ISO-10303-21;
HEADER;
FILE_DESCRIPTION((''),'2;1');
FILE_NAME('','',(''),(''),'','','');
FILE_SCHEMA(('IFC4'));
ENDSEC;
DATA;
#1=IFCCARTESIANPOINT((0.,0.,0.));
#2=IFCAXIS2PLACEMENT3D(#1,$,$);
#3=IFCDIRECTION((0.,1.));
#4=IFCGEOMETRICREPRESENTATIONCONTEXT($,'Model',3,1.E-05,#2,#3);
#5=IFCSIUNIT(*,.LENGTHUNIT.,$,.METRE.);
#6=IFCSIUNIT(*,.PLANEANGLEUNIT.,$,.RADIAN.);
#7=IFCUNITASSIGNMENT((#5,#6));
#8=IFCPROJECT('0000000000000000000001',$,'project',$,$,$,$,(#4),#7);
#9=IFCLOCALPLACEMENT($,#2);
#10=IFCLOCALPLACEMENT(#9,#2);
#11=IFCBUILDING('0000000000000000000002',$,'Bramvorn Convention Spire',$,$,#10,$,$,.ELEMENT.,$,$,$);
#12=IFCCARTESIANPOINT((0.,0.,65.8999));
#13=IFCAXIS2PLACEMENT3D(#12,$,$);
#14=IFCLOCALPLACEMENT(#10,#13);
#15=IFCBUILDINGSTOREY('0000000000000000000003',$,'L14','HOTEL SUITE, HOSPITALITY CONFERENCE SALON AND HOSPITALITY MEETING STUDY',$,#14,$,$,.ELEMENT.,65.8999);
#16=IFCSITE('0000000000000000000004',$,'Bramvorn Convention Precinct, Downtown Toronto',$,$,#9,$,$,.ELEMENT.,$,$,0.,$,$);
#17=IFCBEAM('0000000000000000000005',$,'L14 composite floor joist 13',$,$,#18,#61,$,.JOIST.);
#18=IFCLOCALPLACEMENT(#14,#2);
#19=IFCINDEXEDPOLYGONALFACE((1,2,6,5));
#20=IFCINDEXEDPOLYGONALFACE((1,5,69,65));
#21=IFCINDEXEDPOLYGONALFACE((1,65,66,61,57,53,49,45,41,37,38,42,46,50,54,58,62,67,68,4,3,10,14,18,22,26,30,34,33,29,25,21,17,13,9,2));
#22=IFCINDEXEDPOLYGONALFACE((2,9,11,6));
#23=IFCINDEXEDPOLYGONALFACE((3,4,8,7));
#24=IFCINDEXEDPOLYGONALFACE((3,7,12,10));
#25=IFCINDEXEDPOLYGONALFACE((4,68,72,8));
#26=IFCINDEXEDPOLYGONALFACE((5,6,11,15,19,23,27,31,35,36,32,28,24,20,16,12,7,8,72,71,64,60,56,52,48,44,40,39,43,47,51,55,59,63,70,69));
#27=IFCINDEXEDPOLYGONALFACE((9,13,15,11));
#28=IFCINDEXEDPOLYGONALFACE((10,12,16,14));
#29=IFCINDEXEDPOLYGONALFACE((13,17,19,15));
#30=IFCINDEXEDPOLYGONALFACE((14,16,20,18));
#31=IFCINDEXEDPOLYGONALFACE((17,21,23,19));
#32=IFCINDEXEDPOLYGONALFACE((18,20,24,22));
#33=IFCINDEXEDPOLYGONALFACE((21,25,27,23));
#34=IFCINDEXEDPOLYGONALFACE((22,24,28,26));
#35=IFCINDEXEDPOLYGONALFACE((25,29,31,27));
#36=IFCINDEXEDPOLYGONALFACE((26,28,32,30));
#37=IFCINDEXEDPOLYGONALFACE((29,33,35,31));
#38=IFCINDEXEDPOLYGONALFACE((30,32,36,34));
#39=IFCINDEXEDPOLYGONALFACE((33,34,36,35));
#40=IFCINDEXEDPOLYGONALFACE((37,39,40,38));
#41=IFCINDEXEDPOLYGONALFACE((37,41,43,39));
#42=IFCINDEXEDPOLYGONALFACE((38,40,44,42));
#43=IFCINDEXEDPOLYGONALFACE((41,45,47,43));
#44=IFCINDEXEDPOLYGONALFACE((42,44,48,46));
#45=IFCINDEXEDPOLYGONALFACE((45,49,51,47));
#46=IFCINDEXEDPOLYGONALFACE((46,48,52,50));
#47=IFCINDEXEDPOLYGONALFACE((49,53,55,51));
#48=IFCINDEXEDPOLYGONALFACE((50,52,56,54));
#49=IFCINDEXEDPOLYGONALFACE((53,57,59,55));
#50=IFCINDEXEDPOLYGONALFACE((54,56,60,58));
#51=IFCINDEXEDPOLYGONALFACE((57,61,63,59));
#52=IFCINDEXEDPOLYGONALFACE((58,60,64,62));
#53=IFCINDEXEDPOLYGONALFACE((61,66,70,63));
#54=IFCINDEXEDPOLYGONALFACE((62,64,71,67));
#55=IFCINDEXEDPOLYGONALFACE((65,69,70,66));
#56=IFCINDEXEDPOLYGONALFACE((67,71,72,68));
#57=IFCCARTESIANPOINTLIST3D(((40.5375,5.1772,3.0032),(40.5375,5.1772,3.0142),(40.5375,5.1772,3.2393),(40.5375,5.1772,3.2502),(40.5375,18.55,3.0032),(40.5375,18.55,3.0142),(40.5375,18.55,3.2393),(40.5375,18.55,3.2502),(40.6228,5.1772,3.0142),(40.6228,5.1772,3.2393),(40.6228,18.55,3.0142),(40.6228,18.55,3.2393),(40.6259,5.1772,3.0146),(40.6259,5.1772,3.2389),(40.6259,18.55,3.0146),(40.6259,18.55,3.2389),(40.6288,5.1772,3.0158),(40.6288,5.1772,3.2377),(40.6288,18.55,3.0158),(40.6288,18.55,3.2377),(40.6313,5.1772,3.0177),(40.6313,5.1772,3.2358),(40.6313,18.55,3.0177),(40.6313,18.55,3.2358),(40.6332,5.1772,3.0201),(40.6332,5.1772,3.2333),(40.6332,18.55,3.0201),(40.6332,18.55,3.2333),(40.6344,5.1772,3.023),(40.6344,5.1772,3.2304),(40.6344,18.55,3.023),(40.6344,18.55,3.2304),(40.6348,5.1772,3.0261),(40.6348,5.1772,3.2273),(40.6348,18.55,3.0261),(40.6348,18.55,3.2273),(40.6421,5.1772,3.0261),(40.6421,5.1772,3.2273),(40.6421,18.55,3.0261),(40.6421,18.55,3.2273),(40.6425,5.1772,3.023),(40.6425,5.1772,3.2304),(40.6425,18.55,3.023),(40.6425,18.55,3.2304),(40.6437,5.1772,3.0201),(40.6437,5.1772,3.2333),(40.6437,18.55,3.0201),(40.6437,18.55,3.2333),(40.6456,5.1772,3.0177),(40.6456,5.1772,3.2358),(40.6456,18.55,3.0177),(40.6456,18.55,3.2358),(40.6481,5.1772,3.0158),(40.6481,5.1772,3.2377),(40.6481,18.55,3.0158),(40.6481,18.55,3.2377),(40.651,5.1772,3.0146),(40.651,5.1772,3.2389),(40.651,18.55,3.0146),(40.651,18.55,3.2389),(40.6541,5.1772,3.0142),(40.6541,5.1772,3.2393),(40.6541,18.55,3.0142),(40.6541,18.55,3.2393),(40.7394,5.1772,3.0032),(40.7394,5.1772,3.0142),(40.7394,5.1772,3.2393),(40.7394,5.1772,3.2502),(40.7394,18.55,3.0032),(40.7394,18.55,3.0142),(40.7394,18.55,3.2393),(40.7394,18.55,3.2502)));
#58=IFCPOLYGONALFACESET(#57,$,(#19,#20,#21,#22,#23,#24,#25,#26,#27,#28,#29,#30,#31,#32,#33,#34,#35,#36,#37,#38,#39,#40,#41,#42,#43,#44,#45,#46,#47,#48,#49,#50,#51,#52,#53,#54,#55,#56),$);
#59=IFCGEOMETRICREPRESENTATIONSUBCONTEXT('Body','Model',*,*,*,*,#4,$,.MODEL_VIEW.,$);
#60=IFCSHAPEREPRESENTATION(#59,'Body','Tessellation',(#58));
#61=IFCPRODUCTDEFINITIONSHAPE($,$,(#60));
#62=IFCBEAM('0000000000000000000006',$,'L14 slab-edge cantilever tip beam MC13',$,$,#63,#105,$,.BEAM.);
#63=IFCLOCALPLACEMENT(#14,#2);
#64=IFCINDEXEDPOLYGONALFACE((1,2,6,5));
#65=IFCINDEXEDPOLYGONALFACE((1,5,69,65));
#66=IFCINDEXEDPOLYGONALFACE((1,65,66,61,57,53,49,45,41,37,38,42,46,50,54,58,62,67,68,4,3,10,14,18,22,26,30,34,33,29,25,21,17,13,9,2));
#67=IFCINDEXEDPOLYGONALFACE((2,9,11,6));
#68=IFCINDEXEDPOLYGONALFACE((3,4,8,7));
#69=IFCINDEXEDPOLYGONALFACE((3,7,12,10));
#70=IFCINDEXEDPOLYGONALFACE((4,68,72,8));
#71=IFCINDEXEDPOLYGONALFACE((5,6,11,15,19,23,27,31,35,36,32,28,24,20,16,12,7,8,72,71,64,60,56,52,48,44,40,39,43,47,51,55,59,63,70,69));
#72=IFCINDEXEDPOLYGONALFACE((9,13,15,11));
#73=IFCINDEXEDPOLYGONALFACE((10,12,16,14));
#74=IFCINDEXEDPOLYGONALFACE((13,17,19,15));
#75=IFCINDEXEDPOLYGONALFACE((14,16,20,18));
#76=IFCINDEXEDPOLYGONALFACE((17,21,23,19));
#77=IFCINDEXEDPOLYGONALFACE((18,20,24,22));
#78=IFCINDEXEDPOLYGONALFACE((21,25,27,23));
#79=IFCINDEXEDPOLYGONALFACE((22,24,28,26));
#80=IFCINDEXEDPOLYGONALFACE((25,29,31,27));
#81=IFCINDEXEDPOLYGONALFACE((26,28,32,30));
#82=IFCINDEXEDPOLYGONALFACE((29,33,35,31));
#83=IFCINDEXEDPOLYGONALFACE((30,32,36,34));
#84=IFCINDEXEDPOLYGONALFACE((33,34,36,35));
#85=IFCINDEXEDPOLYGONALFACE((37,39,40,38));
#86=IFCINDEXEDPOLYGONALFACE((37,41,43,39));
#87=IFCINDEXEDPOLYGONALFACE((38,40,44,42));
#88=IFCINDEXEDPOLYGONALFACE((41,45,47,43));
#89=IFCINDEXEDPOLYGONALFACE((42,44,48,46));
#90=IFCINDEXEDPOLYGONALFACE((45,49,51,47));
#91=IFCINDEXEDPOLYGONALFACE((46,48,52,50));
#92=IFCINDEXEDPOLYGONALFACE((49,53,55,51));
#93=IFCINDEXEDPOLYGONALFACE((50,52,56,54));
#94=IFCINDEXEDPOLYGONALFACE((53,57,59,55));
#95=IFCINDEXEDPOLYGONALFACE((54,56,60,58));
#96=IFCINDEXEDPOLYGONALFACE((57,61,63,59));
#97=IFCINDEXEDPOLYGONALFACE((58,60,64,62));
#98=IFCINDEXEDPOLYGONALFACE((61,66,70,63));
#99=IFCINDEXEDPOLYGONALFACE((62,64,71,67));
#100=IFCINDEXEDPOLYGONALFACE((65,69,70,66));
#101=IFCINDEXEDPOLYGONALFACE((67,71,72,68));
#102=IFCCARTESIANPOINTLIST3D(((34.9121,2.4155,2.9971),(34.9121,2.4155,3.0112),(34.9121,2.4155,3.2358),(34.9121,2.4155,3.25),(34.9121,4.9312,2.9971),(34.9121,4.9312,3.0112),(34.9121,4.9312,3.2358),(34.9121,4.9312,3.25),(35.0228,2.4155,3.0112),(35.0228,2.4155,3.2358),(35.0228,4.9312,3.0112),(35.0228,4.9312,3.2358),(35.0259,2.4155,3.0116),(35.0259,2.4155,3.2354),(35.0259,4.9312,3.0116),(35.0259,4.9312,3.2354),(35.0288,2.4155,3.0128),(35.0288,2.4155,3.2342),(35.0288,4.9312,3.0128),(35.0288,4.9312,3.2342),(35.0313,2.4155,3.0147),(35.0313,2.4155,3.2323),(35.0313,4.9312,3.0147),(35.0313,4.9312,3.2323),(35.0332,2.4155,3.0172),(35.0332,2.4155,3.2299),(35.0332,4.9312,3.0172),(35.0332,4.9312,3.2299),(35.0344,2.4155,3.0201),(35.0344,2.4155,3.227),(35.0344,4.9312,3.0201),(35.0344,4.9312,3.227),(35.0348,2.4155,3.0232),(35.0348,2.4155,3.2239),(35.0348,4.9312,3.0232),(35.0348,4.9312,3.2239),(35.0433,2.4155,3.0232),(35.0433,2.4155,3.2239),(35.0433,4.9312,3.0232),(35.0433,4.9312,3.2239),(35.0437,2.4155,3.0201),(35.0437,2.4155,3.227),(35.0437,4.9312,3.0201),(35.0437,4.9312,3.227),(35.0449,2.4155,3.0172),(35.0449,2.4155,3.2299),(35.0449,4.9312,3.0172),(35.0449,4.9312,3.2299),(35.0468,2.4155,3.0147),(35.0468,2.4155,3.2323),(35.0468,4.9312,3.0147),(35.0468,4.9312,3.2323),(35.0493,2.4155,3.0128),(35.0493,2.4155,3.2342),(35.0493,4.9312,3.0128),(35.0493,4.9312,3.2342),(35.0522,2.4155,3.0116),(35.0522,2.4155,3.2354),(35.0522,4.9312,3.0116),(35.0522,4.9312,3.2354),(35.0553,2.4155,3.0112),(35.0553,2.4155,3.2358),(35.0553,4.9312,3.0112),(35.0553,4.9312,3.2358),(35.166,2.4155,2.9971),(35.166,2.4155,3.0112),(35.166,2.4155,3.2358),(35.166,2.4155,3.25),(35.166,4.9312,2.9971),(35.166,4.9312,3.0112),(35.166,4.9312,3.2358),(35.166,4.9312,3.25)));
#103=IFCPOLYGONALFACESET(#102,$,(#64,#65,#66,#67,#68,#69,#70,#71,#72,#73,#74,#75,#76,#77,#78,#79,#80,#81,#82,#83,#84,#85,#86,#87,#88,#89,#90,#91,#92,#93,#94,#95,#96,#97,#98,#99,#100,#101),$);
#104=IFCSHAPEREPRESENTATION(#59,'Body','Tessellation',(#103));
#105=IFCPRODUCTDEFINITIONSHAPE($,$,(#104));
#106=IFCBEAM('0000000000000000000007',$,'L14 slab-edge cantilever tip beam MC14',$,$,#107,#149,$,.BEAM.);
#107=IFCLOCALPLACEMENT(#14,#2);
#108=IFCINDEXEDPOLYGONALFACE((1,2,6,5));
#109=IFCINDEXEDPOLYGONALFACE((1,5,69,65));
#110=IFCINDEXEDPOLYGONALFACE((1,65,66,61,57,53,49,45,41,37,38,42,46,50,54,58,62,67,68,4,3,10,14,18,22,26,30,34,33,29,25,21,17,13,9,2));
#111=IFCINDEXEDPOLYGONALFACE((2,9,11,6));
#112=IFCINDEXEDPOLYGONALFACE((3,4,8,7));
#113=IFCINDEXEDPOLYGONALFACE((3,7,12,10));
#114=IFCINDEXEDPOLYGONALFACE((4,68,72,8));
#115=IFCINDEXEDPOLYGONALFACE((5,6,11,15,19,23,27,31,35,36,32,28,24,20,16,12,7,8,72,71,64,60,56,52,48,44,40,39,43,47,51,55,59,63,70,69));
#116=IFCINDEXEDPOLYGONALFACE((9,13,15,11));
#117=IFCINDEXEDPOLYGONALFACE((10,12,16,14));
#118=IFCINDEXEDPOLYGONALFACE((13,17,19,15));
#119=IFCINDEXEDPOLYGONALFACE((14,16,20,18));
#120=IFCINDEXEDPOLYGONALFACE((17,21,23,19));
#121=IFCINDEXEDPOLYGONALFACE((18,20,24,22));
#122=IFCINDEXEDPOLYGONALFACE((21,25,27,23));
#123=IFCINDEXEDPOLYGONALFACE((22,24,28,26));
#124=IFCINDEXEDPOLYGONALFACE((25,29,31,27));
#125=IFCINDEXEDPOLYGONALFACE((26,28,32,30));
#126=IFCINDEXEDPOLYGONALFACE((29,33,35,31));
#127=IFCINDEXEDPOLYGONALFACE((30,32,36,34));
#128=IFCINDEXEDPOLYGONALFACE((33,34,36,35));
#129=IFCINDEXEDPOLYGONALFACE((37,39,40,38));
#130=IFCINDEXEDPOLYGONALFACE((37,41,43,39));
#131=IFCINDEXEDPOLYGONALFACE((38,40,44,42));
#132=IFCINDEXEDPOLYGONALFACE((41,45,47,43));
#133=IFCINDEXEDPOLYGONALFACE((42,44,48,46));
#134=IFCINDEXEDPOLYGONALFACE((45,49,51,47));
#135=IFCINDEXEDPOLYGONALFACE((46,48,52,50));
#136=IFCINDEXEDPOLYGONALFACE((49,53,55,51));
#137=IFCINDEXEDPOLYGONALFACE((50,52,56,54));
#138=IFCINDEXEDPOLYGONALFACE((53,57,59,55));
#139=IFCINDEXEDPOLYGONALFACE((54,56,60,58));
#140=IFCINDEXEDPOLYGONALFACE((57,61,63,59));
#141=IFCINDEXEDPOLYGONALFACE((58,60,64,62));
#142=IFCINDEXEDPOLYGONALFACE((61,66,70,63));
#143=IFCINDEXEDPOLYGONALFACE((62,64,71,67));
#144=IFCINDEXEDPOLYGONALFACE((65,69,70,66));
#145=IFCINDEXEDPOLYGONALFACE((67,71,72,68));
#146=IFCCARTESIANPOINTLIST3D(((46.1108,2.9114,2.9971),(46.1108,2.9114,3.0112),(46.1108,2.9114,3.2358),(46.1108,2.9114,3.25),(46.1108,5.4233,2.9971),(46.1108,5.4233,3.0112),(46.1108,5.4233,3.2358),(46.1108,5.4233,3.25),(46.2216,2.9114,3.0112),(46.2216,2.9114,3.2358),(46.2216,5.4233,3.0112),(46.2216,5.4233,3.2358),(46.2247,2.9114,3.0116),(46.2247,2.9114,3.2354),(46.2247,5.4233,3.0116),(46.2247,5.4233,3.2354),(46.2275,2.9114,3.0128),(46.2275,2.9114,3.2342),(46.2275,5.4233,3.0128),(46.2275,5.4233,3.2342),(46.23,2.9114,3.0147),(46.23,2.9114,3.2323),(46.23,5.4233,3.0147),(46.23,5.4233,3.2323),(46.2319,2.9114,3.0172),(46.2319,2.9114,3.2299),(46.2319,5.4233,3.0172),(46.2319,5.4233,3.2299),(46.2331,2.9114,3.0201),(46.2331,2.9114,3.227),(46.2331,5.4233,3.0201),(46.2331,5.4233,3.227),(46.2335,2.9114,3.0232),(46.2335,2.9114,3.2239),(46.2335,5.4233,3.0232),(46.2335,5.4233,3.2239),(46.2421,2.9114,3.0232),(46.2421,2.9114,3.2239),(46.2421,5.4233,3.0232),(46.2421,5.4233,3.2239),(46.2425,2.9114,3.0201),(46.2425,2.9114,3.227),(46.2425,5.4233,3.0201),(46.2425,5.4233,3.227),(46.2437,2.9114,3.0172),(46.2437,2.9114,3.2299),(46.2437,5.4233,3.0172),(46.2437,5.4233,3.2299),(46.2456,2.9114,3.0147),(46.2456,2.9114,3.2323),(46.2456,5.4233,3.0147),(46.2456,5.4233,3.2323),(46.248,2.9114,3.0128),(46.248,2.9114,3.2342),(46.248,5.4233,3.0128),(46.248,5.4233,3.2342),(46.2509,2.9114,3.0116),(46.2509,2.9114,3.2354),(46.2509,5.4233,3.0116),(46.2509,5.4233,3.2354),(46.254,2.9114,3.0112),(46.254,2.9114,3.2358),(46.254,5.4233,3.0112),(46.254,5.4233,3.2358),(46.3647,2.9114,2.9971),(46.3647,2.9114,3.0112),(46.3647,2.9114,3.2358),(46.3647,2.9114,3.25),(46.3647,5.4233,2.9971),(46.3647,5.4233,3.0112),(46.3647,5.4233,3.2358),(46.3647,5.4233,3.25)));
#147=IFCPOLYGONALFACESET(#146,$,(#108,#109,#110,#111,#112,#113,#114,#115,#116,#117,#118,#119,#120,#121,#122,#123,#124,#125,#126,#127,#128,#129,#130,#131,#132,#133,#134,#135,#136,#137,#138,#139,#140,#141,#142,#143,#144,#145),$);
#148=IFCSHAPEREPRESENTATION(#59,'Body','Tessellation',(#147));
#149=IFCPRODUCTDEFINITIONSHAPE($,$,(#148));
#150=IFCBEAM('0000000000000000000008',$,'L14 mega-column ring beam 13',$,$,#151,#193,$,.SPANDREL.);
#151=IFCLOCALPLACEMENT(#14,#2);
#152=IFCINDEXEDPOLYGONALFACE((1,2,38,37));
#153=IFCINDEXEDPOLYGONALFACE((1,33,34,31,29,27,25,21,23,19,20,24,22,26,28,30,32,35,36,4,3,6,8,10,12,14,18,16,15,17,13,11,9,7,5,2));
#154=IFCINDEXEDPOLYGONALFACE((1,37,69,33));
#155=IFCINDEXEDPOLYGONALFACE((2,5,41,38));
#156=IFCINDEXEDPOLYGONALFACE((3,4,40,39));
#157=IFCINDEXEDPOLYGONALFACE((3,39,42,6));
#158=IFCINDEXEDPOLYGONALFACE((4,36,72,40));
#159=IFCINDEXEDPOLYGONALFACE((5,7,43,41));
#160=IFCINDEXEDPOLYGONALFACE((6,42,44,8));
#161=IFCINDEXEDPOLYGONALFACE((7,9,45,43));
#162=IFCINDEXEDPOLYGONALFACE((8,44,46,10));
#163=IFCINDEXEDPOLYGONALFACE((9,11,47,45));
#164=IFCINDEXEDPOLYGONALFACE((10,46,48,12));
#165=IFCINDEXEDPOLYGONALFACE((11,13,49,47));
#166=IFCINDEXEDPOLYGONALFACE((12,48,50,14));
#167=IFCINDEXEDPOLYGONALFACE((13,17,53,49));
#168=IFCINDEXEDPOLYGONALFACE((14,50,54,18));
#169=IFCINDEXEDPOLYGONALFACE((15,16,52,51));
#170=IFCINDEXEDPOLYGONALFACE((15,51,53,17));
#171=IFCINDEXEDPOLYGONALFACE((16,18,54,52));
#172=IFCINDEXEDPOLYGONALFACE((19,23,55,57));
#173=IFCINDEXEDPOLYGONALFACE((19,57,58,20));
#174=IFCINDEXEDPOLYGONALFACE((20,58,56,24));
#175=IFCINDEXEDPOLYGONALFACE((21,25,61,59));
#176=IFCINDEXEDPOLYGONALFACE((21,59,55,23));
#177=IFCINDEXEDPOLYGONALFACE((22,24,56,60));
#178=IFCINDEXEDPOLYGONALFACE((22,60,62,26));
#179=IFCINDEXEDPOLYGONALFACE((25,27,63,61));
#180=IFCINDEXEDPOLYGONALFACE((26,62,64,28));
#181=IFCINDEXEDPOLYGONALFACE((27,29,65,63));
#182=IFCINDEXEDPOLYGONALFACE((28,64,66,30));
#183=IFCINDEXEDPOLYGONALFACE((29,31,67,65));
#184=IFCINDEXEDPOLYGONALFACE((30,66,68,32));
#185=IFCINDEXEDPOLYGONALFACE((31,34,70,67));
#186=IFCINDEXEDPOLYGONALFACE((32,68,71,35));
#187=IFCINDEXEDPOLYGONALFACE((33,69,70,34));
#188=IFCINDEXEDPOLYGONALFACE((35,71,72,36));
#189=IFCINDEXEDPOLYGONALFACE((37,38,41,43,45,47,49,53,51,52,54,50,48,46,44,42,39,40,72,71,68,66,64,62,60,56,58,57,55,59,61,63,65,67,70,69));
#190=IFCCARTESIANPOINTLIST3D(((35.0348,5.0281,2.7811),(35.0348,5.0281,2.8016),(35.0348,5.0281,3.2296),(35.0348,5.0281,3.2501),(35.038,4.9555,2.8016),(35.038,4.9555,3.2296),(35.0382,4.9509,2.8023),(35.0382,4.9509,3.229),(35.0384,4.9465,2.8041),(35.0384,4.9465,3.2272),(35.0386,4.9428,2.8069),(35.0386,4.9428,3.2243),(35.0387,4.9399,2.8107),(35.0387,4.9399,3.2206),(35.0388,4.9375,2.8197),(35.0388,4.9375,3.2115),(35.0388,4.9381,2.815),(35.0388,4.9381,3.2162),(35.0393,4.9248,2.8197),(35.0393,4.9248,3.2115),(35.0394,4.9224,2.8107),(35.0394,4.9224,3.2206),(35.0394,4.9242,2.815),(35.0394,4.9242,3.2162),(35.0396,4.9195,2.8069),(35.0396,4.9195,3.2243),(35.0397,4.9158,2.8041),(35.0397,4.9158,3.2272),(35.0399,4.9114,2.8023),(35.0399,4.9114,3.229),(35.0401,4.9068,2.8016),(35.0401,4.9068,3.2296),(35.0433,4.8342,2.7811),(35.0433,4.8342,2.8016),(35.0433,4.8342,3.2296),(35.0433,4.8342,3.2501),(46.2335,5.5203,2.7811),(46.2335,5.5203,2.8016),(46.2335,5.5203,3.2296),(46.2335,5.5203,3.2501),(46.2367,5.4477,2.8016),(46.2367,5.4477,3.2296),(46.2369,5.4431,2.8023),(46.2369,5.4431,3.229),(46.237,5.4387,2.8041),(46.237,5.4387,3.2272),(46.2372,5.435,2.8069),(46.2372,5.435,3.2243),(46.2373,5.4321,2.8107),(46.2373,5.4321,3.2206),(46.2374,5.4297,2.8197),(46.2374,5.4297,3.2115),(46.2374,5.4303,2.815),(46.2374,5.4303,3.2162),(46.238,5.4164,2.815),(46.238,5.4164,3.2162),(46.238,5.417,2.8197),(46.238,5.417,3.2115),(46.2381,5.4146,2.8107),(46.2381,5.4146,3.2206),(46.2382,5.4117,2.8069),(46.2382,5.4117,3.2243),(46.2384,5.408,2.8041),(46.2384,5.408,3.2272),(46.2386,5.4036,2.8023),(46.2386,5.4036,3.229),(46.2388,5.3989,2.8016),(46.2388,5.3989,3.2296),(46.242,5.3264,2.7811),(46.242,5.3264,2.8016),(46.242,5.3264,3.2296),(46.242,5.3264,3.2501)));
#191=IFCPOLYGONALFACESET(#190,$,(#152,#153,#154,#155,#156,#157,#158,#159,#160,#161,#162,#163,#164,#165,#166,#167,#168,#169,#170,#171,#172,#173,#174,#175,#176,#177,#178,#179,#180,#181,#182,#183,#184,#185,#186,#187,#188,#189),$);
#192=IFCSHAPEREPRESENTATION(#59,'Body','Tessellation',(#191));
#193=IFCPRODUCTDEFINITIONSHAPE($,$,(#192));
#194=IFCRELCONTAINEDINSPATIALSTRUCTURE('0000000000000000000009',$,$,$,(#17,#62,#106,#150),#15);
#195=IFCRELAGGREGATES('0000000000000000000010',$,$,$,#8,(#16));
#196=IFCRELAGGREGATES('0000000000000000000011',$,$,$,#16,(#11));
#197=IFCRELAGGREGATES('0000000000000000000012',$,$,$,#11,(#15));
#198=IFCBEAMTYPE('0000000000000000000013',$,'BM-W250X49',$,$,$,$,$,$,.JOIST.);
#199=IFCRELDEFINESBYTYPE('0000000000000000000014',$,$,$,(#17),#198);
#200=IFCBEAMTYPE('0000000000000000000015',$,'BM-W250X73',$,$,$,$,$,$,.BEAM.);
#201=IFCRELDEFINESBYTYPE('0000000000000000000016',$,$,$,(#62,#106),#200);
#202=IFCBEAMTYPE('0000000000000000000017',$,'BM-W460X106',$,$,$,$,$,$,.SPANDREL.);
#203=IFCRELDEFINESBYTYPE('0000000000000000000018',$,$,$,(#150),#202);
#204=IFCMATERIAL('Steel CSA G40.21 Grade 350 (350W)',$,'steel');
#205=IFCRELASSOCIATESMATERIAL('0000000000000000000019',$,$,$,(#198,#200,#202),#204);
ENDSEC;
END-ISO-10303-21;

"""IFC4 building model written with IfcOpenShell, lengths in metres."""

from ifc_helpers import new_model, si_unit, direction, frame, origin, origin_2d, place, context, subcontext, project, spatial, i_section, extrude, material, material_profile, profile_set, type_object, element, save


model = new_model("IFC4")

# Units and contexts
model_context = context("Model", 3, precision=1e-05, world=origin(), true_north=direction((0.0, 1.0)))
body_context = subcontext(model_context, "Body", "Model", "MODEL_VIEW")
ifc_project = project(units=[si_unit("LENGTHUNIT", "METRE"), si_unit("PLANEANGLEUNIT", "RADIAN")], contexts=[model_context])

# Site, building, storey
site_placement = place(None, origin())
site = spatial("IfcSite", under=ifc_project, at=site_placement, Name="Bramvorn Convention Precinct, Downtown Toronto", CompositionType="ELEMENT", RefElevation=0.0)
building_placement = place(site_placement, origin())
building = spatial("IfcBuilding", under=site, at=building_placement, Name="Bramvorn Convention Spire", CompositionType="ELEMENT")
storey_placement = place(building_placement, frame((0.0, 0.0, 65.8999)))
storey = spatial("IfcBuildingStorey", under=building, at=storey_placement, Name="L14", Description="HOTEL SUITE, HOSPITALITY CONFERENCE SALON AND HOSPITALITY MEETING STUDY", CompositionType="ELEMENT", Elevation=65.8999)

# Shared definitions
ifc_material_1 = material(Name="Steel CSA G40.21 Grade 350 (350W)", Category="steel")

# Beams
ifc_material_profile_1 = material_profile(ifc_material_1, i_section(OverallWidth=0.2019, OverallDepth=0.2471, WebThickness=0.0073, FlangeThickness=0.011, FilletRadius=0.012, at=origin_2d()))
ifc_profile_set_1 = profile_set([ifc_material_profile_1], Name="Steel CSA G40.21 Grade 350 (350W) - W250X49")
beam_type_1 = type_object("IfcBeamType", Name="BM-W250X49", PredefinedType="JOIST", material=ifc_profile_set_1)
beam_1_placement = place(storey_placement, frame((40.6384, 18.55, 3.1267), z_axis=(0.0, -1.0, 0.0), x_axis=(1.0, 0.0, 0.0)))
element("IfcBeam", 1, at=beam_1_placement, inside=storey, type_object=beam_type_1, Name="L14 composite floor joist 13", PredefinedType="JOIST", context=body_context, shape_type="SweptSolid", body=[
    extrude(i_section(OverallWidth=0.2019, OverallDepth=0.2471, WebThickness=0.0073, FlangeThickness=0.011, FilletRadius=0.012, at=origin_2d()), origin(), (0.0, 0.0, 1.0), 13.3728),
])
ifc_material_profile_2 = material_profile(ifc_material_1, i_section(OverallWidth=0.2539, OverallDepth=0.2529, WebThickness=0.0085, FlangeThickness=0.0142, FilletRadius=0.012, at=origin_2d()))
ifc_profile_set_2 = profile_set([ifc_material_profile_2], Name="Steel CSA G40.21 Grade 350 (350W) - W250X73")
beam_type_2 = type_object("IfcBeamType", Name="BM-W250X73", PredefinedType="BEAM", material=ifc_profile_set_2)
beam_2_placement = place(storey_placement, frame((35.0391, 4.9312, 3.1235), z_axis=(0.0, -1.0, 0.0), x_axis=(1.0, 0.0, 0.0)))
element("IfcBeam", 2, at=beam_2_placement, inside=storey, type_object=beam_type_2, Name="L14 slab-edge cantilever tip beam MC13", PredefinedType="BEAM", context=body_context, shape_type="SweptSolid", body=[
    extrude(i_section(OverallWidth=0.2539, OverallDepth=0.2529, WebThickness=0.0085, FlangeThickness=0.0142, FilletRadius=0.012, at=origin_2d()), origin(), (0.0, 0.0, 1.0), 2.5156),
])
beam_3_placement = place(storey_placement, frame((46.2378, 5.4233, 3.1235), z_axis=(0.0, -1.0, 0.0), x_axis=(1.0, 0.0, 0.0)))
element("IfcBeam", 3, at=beam_3_placement, inside=storey, type_object=beam_type_2, Name="L14 slab-edge cantilever tip beam MC14", PredefinedType="BEAM", context=body_context, shape_type="SweptSolid", body=[
    extrude(i_section(OverallWidth=0.2539, OverallDepth=0.2529, WebThickness=0.0085, FlangeThickness=0.0142, FilletRadius=0.012, at=origin_2d()), origin(), (0.0, 0.0, 1.0), 2.512),
])
ifc_material_profile_3 = material_profile(ifc_material_1, i_section(OverallWidth=0.1941, OverallDepth=0.469, WebThickness=0.0127, FlangeThickness=0.0205, FilletRadius=0.0181, at=origin_2d()))
ifc_profile_set_3 = profile_set([ifc_material_profile_3], Name="Steel CSA G40.21 Grade 350 (350W) - W460X106")
beam_type_3 = type_object("IfcBeamType", Name="BM-W460X106", PredefinedType="SPANDREL", material=ifc_profile_set_3)
beam_4_placement = place(storey_placement, frame((35.0391, 4.9312, 3.0156), z_axis=(0.999036, 0.043908, 0.0), x_axis=(-0.043908, 0.999036, 0.0)))
element("IfcBeam", 4, at=beam_4_placement, inside=storey, type_object=beam_type_3, Name="L14 mega-column ring beam 13", PredefinedType="SPANDREL", context=body_context, shape_type="SweptSolid", body=[
    extrude(i_section(OverallWidth=0.1941, OverallDepth=0.469, WebThickness=0.0127, FlangeThickness=0.0205, FilletRadius=0.0181, at=origin_2d()), origin(), (0.0, 0.0, 1.0), 11.2095),
])

save(model, "model.ifc")
